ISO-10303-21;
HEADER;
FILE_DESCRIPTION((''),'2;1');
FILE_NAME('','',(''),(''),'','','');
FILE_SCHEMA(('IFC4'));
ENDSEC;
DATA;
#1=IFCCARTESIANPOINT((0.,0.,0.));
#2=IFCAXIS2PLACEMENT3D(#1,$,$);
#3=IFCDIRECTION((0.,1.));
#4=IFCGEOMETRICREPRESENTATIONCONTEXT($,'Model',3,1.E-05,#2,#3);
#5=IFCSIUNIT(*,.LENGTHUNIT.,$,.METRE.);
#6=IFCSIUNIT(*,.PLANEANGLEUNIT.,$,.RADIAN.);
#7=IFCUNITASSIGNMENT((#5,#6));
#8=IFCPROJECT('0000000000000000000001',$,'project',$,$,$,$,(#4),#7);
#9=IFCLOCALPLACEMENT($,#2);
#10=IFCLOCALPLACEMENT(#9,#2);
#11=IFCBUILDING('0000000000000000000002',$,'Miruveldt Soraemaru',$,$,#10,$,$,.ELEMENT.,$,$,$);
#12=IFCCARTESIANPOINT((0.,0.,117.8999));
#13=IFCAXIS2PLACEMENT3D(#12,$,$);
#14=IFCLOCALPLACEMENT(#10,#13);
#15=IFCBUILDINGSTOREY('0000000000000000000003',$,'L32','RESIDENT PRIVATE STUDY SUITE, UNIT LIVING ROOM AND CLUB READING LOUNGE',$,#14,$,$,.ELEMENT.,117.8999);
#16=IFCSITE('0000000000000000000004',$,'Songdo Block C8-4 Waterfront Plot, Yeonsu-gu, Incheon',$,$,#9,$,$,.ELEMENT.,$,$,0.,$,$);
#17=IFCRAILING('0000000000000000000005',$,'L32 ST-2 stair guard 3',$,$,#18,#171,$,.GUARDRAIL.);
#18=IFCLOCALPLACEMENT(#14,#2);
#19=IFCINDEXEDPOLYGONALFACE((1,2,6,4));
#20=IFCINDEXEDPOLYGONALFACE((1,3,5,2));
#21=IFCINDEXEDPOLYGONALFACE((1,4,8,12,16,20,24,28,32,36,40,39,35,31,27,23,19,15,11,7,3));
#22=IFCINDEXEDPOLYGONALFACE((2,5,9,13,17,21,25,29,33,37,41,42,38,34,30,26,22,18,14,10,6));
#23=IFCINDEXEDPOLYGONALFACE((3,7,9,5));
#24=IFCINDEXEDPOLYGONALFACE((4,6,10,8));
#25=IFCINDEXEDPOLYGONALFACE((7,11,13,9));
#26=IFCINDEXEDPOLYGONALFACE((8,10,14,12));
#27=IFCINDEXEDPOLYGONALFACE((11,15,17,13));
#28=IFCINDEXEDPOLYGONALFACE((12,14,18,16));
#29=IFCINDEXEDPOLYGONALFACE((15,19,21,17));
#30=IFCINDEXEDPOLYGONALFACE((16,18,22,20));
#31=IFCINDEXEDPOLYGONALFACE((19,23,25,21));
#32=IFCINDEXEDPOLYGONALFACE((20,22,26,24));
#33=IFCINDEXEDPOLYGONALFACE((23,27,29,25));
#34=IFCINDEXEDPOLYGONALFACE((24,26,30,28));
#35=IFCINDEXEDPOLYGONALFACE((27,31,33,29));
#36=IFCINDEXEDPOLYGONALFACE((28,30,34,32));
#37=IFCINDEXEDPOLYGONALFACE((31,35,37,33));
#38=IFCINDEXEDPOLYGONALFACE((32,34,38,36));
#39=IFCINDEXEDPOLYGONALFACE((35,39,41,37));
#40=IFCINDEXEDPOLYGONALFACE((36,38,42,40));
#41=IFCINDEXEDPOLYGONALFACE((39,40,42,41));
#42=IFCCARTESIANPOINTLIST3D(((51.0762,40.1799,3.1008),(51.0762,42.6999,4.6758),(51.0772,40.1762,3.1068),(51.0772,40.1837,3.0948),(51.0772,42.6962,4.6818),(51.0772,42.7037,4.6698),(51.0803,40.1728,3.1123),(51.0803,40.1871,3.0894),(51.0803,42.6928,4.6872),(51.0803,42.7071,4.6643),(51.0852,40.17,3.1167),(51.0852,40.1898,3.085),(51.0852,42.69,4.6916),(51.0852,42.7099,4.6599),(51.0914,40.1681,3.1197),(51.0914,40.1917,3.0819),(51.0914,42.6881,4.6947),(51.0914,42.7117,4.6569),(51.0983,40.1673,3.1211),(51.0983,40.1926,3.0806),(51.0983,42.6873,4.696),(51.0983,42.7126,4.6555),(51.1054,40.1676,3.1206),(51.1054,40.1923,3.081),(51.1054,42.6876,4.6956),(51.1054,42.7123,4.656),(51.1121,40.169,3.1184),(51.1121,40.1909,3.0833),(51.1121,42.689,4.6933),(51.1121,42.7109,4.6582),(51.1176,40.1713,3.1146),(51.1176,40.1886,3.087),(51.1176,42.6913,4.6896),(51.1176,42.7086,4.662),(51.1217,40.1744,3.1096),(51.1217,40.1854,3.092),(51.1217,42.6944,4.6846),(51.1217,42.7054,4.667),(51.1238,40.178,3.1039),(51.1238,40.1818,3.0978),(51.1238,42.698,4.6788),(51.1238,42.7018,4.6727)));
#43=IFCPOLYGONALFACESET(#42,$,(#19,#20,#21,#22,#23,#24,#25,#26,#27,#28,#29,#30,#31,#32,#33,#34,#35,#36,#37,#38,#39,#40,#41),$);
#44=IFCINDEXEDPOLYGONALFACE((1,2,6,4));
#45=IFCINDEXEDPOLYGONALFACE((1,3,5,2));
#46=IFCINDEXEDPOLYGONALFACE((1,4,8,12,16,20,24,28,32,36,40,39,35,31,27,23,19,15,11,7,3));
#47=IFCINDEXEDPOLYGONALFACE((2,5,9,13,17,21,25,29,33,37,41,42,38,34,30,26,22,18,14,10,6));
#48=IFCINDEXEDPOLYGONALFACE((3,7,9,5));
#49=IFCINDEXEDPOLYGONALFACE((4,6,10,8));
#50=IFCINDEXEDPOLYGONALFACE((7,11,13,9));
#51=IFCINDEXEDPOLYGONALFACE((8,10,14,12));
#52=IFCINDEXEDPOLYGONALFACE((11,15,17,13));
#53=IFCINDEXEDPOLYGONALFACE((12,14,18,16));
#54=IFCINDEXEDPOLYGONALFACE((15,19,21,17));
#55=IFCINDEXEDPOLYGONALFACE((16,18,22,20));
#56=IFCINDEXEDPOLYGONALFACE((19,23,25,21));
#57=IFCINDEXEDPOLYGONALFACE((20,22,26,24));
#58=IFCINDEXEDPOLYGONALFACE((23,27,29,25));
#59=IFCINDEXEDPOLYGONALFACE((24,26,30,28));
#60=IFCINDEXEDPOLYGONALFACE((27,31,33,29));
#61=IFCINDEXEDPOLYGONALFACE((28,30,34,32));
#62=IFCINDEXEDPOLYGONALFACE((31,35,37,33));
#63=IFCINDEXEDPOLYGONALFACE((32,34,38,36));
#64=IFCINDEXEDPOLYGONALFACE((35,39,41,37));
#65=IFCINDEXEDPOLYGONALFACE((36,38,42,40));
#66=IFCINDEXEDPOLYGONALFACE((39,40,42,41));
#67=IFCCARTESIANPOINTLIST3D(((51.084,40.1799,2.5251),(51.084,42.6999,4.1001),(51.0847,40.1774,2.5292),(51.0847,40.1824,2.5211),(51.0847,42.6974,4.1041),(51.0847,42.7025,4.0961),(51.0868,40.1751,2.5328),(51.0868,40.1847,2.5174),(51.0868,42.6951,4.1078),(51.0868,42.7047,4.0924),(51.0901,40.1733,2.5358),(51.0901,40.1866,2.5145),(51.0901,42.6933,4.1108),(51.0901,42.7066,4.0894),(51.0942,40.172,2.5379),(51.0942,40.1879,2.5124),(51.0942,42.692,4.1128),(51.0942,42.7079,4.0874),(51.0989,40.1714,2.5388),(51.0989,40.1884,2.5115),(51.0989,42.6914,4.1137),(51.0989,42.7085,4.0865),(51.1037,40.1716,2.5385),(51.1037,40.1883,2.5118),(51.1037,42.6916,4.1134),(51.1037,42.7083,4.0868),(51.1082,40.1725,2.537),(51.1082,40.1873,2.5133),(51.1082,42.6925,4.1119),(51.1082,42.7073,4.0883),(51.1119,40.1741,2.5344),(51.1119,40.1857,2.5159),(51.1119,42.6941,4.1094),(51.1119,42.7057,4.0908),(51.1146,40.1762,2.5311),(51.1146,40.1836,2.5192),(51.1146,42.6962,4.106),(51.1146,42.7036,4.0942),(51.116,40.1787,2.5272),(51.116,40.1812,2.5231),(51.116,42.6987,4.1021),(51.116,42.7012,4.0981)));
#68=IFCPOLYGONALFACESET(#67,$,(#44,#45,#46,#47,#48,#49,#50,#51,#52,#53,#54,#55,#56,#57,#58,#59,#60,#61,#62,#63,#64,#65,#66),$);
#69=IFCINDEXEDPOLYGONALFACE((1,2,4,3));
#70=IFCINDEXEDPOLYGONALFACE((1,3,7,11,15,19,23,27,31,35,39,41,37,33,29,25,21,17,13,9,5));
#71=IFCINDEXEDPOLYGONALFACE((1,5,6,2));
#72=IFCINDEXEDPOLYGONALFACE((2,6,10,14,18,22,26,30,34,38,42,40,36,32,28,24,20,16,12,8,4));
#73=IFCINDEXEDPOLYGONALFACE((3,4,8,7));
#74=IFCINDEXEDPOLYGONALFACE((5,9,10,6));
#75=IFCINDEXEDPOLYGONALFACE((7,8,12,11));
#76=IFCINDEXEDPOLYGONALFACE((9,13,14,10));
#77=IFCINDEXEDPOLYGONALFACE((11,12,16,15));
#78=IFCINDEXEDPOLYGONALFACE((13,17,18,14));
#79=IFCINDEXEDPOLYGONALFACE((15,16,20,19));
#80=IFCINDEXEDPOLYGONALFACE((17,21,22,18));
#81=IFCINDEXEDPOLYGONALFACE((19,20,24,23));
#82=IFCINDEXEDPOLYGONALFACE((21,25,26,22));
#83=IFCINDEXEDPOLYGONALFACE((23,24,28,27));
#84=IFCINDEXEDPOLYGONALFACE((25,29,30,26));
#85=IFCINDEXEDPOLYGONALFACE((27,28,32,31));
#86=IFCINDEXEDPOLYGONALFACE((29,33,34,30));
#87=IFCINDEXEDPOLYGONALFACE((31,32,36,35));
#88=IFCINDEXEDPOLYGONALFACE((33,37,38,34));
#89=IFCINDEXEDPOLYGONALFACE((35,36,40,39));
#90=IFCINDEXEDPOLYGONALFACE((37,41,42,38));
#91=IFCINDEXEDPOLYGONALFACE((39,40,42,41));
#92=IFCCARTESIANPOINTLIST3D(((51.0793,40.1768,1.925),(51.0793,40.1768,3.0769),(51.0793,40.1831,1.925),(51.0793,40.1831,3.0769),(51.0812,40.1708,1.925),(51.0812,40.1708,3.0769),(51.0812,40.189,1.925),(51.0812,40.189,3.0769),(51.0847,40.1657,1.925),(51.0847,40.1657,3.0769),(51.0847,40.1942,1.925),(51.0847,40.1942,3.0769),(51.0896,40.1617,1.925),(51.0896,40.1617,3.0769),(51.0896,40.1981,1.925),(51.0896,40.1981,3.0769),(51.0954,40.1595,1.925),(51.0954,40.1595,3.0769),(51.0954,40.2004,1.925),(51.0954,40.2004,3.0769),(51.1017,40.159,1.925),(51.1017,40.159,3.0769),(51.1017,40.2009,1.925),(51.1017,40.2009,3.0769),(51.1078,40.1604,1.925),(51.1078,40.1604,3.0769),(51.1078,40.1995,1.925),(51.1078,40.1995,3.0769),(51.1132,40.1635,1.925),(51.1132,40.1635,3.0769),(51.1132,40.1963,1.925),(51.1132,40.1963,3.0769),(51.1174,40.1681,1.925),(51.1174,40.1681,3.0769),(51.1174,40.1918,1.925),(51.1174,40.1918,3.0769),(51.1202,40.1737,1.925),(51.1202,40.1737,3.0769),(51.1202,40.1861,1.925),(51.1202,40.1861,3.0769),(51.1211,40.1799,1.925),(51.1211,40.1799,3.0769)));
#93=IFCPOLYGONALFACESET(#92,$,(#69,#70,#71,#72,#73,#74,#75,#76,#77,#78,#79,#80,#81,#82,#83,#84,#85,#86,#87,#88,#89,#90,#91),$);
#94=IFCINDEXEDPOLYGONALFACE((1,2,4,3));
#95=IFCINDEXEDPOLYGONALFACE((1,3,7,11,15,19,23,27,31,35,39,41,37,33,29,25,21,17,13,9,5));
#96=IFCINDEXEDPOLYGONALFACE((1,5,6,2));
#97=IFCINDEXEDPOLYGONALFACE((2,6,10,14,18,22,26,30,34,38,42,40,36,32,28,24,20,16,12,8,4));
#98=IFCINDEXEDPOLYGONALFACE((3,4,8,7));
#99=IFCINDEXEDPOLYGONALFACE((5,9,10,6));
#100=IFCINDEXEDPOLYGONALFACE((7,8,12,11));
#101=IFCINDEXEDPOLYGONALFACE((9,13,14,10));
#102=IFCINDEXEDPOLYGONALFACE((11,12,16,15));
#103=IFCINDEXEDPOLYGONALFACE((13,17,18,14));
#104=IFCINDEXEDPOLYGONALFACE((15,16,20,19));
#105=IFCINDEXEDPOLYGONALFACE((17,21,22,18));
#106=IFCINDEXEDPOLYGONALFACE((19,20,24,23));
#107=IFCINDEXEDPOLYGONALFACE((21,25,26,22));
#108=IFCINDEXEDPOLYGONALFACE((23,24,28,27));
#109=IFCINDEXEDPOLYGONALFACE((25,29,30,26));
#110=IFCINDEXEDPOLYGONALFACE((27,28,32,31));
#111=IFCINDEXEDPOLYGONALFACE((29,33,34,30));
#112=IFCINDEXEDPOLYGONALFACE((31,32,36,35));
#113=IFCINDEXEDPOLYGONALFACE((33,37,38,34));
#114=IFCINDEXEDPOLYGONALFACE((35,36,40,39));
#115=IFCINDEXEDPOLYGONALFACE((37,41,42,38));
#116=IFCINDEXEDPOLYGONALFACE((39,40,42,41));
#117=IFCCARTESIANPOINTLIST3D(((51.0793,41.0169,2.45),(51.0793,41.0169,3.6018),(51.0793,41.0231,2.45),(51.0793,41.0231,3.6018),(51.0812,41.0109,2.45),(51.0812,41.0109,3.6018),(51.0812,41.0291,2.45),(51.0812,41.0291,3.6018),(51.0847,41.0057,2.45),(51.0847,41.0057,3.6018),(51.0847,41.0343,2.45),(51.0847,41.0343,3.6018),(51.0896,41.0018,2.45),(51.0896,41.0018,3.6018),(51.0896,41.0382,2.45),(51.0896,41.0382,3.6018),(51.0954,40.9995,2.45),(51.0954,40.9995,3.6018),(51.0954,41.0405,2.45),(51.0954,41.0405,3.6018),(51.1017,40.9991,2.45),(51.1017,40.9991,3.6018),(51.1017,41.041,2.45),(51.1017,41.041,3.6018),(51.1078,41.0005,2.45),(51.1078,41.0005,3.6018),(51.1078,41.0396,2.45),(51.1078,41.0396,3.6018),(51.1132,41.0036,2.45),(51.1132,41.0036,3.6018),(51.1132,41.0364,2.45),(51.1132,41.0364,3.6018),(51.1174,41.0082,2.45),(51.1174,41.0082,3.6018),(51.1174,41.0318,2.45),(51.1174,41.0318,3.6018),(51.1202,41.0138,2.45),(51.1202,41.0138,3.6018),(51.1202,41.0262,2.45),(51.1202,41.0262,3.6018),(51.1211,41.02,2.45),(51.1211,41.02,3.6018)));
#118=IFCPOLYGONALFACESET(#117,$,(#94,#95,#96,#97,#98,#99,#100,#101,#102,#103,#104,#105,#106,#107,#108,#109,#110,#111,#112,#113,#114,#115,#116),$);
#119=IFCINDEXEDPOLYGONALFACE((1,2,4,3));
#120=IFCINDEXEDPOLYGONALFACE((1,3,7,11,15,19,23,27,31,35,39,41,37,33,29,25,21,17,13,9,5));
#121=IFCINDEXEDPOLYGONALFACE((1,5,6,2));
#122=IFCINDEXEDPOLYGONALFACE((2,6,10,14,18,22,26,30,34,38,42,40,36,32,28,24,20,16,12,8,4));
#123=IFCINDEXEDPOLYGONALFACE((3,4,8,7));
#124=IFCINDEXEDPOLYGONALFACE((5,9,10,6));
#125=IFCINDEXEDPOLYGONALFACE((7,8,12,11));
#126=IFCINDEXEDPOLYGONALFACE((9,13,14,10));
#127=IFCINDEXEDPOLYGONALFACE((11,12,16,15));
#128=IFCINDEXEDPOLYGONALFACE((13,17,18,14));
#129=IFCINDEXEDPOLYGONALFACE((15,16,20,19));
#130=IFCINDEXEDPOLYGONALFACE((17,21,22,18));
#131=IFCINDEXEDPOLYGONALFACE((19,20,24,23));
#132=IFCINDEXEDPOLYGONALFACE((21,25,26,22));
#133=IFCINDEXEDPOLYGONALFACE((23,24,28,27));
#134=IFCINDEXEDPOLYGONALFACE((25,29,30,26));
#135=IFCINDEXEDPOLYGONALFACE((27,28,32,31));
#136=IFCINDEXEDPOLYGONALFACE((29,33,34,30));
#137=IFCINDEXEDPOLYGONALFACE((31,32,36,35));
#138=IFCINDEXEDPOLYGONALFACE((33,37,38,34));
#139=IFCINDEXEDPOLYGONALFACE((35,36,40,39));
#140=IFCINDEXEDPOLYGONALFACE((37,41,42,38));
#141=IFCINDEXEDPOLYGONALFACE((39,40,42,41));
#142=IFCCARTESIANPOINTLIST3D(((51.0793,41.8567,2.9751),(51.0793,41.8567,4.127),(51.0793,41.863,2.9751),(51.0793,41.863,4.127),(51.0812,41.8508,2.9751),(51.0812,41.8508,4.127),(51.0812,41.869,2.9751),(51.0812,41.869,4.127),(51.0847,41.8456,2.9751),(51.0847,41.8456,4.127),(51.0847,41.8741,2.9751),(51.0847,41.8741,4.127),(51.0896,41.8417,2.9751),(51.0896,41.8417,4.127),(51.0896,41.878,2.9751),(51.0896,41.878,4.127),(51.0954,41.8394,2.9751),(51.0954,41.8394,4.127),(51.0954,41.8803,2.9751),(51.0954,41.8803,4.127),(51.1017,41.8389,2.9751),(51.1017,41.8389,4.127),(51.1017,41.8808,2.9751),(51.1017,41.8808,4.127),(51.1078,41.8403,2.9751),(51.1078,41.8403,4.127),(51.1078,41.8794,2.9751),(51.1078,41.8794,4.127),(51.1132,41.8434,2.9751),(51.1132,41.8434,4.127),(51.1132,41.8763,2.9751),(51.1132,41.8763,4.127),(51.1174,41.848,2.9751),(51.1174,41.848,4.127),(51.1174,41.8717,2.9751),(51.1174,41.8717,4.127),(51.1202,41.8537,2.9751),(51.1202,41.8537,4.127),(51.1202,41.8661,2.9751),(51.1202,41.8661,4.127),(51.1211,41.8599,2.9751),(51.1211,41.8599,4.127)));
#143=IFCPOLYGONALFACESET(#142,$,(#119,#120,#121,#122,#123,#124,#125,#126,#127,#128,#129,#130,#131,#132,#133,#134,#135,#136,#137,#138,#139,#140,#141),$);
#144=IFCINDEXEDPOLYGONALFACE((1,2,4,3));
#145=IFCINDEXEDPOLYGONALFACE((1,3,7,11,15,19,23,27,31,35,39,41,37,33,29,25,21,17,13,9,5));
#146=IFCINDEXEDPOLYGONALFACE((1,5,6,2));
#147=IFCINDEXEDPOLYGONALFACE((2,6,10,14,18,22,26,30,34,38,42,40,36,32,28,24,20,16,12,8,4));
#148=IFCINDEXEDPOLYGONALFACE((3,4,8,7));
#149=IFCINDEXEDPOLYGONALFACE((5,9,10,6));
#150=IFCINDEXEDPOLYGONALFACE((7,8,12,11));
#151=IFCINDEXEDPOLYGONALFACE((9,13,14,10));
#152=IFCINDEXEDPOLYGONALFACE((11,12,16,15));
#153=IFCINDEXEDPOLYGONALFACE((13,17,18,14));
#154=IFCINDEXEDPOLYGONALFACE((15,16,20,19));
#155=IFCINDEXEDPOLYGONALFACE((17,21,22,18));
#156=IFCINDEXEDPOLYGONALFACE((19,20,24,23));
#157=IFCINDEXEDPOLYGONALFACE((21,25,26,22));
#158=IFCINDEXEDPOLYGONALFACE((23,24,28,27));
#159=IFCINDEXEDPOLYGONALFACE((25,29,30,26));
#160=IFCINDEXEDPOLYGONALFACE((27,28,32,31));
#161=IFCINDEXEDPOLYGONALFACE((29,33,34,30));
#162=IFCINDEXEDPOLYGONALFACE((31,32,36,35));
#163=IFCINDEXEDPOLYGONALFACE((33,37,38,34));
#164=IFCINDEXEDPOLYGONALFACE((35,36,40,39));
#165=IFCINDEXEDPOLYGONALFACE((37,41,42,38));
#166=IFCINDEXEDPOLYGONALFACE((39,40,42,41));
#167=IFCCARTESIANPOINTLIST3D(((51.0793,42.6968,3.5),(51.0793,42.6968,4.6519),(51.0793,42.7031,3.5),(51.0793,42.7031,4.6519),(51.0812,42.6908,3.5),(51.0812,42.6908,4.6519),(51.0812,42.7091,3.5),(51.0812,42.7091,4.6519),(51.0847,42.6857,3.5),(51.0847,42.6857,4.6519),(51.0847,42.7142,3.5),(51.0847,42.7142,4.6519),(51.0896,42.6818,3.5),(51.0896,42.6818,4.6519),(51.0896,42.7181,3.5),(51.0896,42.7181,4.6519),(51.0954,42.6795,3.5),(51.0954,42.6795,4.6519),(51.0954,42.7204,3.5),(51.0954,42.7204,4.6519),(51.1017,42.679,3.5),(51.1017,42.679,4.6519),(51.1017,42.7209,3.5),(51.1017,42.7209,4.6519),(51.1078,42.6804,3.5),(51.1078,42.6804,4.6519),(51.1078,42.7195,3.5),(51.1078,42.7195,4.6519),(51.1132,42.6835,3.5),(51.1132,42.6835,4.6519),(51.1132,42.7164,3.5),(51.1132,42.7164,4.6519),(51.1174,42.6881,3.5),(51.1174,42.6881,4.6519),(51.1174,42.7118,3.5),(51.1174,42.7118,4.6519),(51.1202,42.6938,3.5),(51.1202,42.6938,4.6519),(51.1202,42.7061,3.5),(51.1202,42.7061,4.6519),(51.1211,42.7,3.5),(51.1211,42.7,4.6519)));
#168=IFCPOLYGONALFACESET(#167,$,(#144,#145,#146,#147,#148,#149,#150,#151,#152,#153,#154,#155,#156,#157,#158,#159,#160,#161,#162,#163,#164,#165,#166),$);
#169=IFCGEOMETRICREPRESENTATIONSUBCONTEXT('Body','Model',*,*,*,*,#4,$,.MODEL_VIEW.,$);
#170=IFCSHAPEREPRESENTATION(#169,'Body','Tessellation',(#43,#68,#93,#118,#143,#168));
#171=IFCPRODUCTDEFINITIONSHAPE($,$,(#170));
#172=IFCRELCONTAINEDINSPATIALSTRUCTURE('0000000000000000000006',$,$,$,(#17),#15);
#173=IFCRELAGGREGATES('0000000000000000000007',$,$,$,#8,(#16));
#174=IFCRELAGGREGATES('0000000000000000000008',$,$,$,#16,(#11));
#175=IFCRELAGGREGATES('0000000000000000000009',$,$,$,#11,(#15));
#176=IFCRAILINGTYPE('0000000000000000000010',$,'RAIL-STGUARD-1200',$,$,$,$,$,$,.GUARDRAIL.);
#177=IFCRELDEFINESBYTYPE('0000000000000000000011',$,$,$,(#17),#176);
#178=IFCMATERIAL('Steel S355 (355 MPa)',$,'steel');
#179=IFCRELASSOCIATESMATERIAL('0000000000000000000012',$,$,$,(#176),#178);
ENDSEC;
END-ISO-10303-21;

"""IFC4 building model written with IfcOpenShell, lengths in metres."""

from ifc_helpers import new_model, si_unit, direction, frame, origin, origin_2d, place, context, subcontext, project, spatial, circle, extrude, material, type_object, element, save


model = new_model("IFC4")

# Units and contexts
model_context = context("Model", 3, precision=1e-05, world=origin(), true_north=direction((0.0, 1.0)))
body_context = subcontext(model_context, "Body", "Model", "MODEL_VIEW")
ifc_project = project(units=[si_unit("LENGTHUNIT", "METRE"), si_unit("PLANEANGLEUNIT", "RADIAN")], contexts=[model_context])

# Site, building, storey
site_placement = place(None, origin())
site = spatial("IfcSite", under=ifc_project, at=site_placement, Name="Songdo Block C8-4 Waterfront Plot, Yeonsu-gu, Incheon", CompositionType="ELEMENT", RefElevation=0.0)
building_placement = place(site_placement, origin())
building = spatial("IfcBuilding", under=site, at=building_placement, Name="Miruveldt Soraemaru", CompositionType="ELEMENT")
storey_placement = place(building_placement, frame((0.0, 0.0, 117.8999)))
storey = spatial("IfcBuildingStorey", under=building, at=storey_placement, Name="L32", Description="RESIDENT PRIVATE STUDY SUITE, UNIT LIVING ROOM AND CLUB READING LOUNGE", CompositionType="ELEMENT", Elevation=117.8999)

# Railing
ifc_material_1 = material(Name="Steel S355 (355 MPa)", Category="steel")
railing_type_1 = type_object("IfcRailingType", Name="RAIL-STGUARD-1200", PredefinedType="GUARDRAIL", material=ifc_material_1)
railing_1_placement = place(storey_placement, frame((51.1001, 40.1799, 1.925)))
element("IfcRailing", 1, at=railing_1_placement, inside=storey, type_object=railing_type_1, Name="L32 ST-2 stair guard 3", PredefinedType="GUARDRAIL", context=body_context, shape_type="SweptSolid", body=[
    extrude(circle(Radius=0.0239, at=origin_2d()), frame((0.0, 0.0, 1.1758), z_axis=(0.0, 0.848008, 0.529984), x_axis=(-1.0, 0.0, 0.0)), (0.0, 0.0, 1.0), 2.9717),
    extrude(circle(Radius=0.0161, at=origin_2d()), frame((0.0, 0.0, 0.6001), z_axis=(0.0, 0.848008, 0.529984), x_axis=(-1.0, 0.0, 0.0)), (0.0, 0.0, 1.0), 2.9717),
    extrude(circle(Radius=0.021, at=origin_2d()), origin(), (0.0, 0.0, 1.0), 1.1519),
    extrude(circle(Radius=0.021, at=origin_2d()), frame((0.0, 0.8401, 0.5249)), (0.0, 0.0, 1.0), 1.1519),
    extrude(circle(Radius=0.021, at=origin_2d()), frame((0.0, 1.6799, 1.05)), (0.0, 0.0, 1.0), 1.1519),
    extrude(circle(Radius=0.021, at=origin_2d()), frame((0.0, 2.52, 1.575)), (0.0, 0.0, 1.0), 1.1519),
])

save(model, "model.ifc")
